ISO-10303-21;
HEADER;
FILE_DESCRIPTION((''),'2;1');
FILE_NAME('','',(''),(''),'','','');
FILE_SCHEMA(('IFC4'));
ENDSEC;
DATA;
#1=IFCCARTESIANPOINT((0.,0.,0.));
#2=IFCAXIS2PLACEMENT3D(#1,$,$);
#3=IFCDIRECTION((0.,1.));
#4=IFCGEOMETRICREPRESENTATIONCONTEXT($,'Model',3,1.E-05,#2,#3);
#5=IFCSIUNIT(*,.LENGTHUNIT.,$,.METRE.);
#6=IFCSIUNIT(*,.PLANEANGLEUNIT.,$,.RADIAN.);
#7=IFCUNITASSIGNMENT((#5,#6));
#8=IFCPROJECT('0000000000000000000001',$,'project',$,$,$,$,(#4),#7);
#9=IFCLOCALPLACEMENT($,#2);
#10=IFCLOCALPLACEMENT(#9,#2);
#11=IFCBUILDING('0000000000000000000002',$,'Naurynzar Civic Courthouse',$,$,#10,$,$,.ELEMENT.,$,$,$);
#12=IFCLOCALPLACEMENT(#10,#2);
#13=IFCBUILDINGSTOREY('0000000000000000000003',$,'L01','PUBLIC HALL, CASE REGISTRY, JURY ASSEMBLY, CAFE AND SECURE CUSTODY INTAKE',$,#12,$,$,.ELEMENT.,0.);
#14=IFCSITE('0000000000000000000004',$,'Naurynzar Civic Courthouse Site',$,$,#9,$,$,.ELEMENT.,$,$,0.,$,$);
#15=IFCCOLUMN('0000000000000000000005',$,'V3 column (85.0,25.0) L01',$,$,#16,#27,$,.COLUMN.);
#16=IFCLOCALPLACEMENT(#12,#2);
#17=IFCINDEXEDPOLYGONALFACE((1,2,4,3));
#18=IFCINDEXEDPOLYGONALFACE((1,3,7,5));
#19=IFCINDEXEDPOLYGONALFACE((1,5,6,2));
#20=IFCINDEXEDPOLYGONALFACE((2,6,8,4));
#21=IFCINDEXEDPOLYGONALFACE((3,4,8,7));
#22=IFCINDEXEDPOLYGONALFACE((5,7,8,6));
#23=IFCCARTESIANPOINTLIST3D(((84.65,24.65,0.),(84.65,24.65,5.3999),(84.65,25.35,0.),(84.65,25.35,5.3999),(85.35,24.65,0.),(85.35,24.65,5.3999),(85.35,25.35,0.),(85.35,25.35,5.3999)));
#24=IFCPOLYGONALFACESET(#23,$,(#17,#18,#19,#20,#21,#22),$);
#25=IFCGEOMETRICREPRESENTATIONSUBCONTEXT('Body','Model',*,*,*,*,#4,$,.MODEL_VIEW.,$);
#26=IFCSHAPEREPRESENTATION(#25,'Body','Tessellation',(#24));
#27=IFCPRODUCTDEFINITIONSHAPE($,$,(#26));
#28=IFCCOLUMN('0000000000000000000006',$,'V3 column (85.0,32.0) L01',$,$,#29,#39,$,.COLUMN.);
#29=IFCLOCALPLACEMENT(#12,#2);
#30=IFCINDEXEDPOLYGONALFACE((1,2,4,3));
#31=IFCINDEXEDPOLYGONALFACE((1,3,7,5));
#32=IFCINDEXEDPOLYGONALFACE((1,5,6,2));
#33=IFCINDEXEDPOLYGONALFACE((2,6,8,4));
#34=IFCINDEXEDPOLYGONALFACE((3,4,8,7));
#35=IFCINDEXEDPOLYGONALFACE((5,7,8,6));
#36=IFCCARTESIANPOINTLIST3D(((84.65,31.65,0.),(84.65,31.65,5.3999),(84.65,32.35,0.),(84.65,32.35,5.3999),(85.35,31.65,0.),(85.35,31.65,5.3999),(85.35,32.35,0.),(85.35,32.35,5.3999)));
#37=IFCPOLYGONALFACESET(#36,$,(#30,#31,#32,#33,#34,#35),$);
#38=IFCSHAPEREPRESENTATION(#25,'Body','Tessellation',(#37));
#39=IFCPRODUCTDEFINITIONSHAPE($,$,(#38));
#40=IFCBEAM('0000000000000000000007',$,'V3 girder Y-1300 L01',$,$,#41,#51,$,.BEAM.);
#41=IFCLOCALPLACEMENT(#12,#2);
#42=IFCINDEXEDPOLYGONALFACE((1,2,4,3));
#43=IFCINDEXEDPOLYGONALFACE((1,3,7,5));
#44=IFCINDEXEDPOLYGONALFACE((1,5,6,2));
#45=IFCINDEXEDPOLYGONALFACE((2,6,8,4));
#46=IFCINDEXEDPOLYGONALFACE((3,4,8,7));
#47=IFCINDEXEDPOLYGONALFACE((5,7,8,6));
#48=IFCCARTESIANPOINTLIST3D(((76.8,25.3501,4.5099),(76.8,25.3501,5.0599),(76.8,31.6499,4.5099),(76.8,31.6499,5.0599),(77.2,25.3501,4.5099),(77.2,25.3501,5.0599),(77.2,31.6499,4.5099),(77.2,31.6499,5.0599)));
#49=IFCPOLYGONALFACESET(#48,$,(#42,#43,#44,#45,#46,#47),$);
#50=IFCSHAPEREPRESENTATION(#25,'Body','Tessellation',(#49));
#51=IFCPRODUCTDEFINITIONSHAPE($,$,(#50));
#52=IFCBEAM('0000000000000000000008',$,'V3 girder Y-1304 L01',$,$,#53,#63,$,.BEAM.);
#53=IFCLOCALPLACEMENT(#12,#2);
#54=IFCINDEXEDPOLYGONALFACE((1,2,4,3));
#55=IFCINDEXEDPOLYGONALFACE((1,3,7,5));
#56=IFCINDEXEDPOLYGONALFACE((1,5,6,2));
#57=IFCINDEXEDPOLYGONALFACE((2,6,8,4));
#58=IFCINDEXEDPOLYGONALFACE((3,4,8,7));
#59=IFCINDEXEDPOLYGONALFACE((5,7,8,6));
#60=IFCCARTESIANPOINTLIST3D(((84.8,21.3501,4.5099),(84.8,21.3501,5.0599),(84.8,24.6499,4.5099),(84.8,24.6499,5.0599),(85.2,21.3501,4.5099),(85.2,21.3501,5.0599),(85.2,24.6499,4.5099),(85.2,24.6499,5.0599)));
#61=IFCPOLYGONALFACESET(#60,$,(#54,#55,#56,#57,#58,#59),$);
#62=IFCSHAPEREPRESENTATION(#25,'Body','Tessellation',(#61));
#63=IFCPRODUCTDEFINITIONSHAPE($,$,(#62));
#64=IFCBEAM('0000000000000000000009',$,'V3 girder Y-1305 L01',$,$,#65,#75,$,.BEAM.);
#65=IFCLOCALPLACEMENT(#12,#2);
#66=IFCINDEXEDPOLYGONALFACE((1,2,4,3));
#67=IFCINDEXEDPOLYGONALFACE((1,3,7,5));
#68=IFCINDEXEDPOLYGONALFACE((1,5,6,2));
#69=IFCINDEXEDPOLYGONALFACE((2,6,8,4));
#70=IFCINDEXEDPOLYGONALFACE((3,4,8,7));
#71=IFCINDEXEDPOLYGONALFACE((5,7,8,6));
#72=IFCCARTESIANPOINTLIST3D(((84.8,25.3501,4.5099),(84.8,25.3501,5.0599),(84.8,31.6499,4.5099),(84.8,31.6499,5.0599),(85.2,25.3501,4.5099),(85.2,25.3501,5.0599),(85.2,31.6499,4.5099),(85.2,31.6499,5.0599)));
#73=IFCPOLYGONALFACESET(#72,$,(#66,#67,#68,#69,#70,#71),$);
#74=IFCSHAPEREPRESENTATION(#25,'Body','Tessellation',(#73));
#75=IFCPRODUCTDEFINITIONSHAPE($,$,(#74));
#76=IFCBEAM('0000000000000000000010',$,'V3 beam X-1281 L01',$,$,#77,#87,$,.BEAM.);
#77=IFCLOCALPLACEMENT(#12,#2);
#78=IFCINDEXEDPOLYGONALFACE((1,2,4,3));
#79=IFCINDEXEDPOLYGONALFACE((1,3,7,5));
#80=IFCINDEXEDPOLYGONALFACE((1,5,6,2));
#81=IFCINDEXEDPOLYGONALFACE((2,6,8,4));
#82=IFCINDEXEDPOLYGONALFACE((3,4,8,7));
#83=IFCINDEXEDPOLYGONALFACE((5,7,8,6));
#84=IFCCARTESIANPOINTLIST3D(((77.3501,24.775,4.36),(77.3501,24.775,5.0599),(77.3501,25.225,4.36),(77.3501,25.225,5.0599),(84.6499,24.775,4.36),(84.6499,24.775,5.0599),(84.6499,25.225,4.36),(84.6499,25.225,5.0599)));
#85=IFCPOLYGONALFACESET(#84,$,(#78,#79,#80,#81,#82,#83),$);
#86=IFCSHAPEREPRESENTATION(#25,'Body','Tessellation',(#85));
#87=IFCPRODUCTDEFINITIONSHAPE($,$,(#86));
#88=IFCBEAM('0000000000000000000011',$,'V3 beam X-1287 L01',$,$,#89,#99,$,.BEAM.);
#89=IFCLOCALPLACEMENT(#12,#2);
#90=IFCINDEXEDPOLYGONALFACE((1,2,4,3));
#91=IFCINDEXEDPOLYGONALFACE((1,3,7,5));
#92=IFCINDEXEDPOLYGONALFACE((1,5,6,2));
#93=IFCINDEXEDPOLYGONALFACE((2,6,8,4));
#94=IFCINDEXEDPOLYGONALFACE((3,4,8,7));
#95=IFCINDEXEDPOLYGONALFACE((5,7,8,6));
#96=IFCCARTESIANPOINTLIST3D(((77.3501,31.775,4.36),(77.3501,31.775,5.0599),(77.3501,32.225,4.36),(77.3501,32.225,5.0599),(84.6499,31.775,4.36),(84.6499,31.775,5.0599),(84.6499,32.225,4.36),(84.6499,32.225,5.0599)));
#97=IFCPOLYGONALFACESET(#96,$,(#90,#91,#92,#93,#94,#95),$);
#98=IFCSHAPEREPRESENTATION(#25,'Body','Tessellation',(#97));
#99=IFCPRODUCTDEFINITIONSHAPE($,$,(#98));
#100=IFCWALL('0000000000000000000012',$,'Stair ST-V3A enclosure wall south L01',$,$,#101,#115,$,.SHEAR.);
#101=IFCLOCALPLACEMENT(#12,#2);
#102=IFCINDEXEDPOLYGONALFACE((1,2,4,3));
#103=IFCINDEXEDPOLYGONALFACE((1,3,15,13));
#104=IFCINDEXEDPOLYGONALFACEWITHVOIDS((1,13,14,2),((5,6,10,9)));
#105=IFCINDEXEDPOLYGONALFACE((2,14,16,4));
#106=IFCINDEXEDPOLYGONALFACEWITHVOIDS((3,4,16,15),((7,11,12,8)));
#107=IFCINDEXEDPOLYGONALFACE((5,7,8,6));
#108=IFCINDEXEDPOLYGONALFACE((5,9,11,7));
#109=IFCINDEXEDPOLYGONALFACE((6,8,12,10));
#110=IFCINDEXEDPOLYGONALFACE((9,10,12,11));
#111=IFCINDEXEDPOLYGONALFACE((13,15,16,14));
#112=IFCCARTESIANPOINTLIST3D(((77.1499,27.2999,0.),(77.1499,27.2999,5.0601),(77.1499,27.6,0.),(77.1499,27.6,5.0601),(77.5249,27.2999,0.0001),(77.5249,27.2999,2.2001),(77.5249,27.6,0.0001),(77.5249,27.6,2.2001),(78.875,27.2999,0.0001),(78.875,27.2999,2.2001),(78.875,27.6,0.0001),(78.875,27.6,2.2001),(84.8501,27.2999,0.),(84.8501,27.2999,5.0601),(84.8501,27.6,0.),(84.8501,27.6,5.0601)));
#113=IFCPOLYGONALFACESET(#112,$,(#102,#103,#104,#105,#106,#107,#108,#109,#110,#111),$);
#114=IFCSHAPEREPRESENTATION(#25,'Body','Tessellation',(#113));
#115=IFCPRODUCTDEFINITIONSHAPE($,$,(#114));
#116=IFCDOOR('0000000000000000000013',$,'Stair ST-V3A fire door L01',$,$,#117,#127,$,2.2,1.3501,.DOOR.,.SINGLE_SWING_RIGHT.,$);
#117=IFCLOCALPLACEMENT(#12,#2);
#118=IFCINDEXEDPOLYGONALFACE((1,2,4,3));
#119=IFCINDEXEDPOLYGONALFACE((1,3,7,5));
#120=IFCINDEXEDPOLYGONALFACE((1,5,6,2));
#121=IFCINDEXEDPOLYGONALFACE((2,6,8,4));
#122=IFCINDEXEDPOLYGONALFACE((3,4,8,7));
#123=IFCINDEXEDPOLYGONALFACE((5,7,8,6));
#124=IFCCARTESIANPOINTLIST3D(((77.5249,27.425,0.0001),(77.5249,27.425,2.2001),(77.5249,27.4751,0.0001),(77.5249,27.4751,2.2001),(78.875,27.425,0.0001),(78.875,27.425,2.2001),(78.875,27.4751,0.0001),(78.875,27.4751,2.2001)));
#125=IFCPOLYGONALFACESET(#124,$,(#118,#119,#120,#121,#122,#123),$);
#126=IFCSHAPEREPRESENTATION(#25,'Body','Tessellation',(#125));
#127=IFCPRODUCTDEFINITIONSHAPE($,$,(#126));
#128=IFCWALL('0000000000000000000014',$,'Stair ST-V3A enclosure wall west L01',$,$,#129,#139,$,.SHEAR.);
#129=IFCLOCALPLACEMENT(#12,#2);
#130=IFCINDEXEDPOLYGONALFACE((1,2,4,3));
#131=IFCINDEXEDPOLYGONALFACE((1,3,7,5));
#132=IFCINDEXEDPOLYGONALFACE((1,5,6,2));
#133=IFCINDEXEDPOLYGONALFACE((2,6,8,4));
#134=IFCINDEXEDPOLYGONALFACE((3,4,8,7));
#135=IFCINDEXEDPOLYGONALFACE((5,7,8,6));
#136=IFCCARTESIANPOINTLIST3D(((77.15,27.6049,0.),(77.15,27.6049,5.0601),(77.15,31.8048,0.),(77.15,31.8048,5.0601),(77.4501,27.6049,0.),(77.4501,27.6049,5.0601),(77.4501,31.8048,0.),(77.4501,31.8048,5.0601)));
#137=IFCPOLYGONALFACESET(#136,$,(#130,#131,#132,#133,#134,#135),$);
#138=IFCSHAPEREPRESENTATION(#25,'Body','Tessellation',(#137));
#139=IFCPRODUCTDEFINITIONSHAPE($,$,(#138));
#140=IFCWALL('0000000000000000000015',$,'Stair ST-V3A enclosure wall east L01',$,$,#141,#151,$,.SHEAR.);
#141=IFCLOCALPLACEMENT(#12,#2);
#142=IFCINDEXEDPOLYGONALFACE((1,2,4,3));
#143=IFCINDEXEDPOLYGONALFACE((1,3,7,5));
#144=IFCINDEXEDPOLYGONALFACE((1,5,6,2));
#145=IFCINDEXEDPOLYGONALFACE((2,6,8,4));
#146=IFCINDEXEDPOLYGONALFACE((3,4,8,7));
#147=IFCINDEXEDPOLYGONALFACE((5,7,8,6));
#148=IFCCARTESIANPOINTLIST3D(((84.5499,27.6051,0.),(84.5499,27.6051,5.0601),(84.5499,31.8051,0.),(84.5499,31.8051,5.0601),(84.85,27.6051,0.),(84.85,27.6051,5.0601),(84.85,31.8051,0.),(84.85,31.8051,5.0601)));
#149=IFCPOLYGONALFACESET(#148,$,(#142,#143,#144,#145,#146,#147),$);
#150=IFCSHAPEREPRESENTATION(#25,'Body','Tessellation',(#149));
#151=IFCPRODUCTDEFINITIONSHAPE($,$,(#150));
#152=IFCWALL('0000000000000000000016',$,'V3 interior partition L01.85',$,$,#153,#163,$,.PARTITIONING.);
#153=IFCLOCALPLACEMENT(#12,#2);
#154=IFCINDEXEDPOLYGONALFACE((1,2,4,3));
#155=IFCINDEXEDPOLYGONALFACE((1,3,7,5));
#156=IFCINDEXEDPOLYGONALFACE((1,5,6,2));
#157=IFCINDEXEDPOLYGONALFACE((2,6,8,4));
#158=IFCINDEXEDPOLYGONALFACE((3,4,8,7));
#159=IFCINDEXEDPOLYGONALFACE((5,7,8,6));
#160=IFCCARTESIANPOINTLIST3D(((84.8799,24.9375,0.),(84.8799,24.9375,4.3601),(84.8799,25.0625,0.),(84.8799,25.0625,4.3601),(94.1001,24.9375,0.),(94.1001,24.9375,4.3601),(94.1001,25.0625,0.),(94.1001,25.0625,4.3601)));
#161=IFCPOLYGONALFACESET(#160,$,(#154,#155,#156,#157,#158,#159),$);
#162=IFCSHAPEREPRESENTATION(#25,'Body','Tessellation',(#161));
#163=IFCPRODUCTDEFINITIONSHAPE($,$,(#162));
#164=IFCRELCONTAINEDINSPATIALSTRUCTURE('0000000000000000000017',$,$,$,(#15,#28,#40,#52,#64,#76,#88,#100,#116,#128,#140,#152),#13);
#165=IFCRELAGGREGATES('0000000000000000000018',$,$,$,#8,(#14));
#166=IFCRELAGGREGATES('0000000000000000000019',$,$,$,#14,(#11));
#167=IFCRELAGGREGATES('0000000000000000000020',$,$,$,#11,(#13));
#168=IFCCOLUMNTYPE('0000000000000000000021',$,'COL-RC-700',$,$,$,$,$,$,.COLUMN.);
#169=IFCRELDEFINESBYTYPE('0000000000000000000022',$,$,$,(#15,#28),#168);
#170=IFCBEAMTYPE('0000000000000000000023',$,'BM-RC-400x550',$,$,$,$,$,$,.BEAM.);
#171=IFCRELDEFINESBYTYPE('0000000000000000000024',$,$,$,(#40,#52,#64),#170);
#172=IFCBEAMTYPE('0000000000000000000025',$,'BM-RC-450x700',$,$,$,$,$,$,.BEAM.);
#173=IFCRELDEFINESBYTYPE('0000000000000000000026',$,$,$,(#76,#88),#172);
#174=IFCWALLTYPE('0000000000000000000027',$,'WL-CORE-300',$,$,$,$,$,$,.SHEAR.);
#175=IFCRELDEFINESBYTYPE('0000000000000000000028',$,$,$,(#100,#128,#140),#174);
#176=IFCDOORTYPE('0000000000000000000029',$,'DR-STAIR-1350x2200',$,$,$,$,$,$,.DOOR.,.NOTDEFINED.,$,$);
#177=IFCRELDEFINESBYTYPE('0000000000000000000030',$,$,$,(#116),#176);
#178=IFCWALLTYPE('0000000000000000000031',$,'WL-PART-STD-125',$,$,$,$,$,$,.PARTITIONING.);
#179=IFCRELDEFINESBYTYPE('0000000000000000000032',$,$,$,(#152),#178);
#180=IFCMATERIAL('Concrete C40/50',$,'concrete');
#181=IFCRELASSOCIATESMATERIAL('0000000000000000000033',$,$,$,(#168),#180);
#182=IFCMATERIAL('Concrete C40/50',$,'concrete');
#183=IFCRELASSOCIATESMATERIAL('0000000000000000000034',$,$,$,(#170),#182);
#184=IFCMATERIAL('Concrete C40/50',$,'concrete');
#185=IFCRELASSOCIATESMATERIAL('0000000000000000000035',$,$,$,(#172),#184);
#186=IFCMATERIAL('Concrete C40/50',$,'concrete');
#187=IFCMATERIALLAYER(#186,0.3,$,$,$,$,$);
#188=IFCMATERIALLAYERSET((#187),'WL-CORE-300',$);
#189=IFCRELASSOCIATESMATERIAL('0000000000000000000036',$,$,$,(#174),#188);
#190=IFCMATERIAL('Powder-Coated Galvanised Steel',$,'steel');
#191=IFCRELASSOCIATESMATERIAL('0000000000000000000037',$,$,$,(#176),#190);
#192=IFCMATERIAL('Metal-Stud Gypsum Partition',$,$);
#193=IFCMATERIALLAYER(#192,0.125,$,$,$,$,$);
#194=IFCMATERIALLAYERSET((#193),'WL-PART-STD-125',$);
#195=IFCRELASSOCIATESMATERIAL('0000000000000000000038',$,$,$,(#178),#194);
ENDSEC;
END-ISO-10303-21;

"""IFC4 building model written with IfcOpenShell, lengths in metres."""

from ifc_helpers import new_model, si_unit, direction, frame, frame_2d, origin, origin_2d, place, context, subcontext, project, spatial, rectangle, extrude, material, layer, layer_set, material_profile, profile_set, type_object, element, fill, save


model = new_model("IFC4")

# Units and contexts
model_context = context("Model", 3, precision=1e-05, world=origin(), true_north=direction((0.0, 1.0)))
body_context = subcontext(model_context, "Body", "Model", "MODEL_VIEW")
ifc_project = project(units=[si_unit("LENGTHUNIT", "METRE"), si_unit("PLANEANGLEUNIT", "RADIAN")], contexts=[model_context])

# Site, building, storey
site_placement = place(None, origin())
site = spatial("IfcSite", under=ifc_project, at=site_placement, Name="Naurynzar Civic Courthouse Site", CompositionType="ELEMENT", RefElevation=0.0)
building_placement = place(site_placement, origin())
building = spatial("IfcBuilding", under=site, at=building_placement, Name="Naurynzar Civic Courthouse", CompositionType="ELEMENT")
storey_placement = place(building_placement, origin())
storey = spatial("IfcBuildingStorey", under=building, at=storey_placement, Name="L01", Description="PUBLIC HALL, CASE REGISTRY, JURY ASSEMBLY, CAFE AND SECURE CUSTODY INTAKE", CompositionType="ELEMENT", Elevation=0.0)

# Columns
ifc_material_1 = material(Name="Concrete C40/50", Category="concrete")
ifc_material_profile_1 = material_profile(ifc_material_1, rectangle(XDim=0.7, YDim=0.7, at=origin_2d()), Name="RC 700x700")
ifc_profile_set_1 = profile_set([ifc_material_profile_1], Name="Concrete C40/50")
column_type = type_object("IfcColumnType", Name="COL-RC-700", PredefinedType="COLUMN", material=ifc_profile_set_1)
for number, where, z_axis, x_axis, name in (
    (1, (85.0, 25.0, 0.0), (0.0, 0.0, 1.0), (1.0, 0.0, 0.0), "V3 column (85.0,25.0) L01"),
    (2, (85.0, 32.0, 0.0), (0.0, 0.0, 1.0), (1.0, 0.0, 0.0), "V3 column (85.0,32.0) L01"),
):
    element("IfcColumn", number, at=place(storey_placement, frame(where, z_axis=z_axis, x_axis=x_axis)), inside=storey, type_object=column_type, Name=name, PredefinedType="COLUMN", context=body_context, shape_type="SweptSolid", body=[
        extrude(rectangle(XDim=0.7, YDim=0.7, at=origin_2d()), origin(), (0.0, 0.0, 1.0), 5.3999),
    ])

# Beams
ifc_material_2 = material(Name="Concrete C40/50", Category="concrete")
ifc_material_profile_2 = material_profile(ifc_material_2, rectangle(XDim=0.3999, YDim=0.55, at=origin_2d()), Name="RCB 400x550")
ifc_profile_set_2 = profile_set([ifc_material_profile_2], Name="Concrete C40/50")
beam_type_1 = type_object("IfcBeamType", Name="BM-RC-400x550", PredefinedType="BEAM", material=ifc_profile_set_2)
beam_1_placement = place(storey_placement, frame((77.0, 25.3501, 4.7849), z_axis=(0.0, 1.0, 0.0), x_axis=(-1.0, 0.0, 0.0)))
element("IfcBeam", 3, at=beam_1_placement, inside=storey, type_object=beam_type_1, Name="V3 girder Y-1300 L01", PredefinedType="BEAM", context=body_context, shape_type="SweptSolid", body=[
    extrude(rectangle(XDim=0.3999, YDim=0.55, at=origin_2d()), origin(), (0.0, 0.0, 1.0), 6.2998),
])
beam_2_placement = place(storey_placement, frame((85.0, 21.3501, 4.7849), z_axis=(0.0, 1.0, 0.0), x_axis=(-1.0, 0.0, 0.0)))
element("IfcBeam", 4, at=beam_2_placement, inside=storey, type_object=beam_type_1, Name="V3 girder Y-1304 L01", PredefinedType="BEAM", context=body_context, shape_type="SweptSolid", body=[
    extrude(rectangle(XDim=0.3999, YDim=0.55, at=origin_2d()), origin(), (0.0, 0.0, 1.0), 3.2998),
])
beam_3_placement = place(storey_placement, frame((85.0, 25.3501, 4.7849), z_axis=(0.0, 1.0, 0.0), x_axis=(-1.0, 0.0, 0.0)))
element("IfcBeam", 5, at=beam_3_placement, inside=storey, type_object=beam_type_1, Name="V3 girder Y-1305 L01", PredefinedType="BEAM", context=body_context, shape_type="SweptSolid", body=[
    extrude(rectangle(XDim=0.3999, YDim=0.55, at=origin_2d()), origin(), (0.0, 0.0, 1.0), 6.2998),
])
ifc_material_3 = material(Name="Concrete C40/50", Category="concrete")
ifc_material_profile_3 = material_profile(ifc_material_3, rectangle(XDim=0.45, YDim=0.7, at=origin_2d()), Name="RCB 450x700")
ifc_profile_set_3 = profile_set([ifc_material_profile_3], Name="Concrete C40/50")
beam_type_2 = type_object("IfcBeamType", Name="BM-RC-450x700", PredefinedType="BEAM", material=ifc_profile_set_3)
for number, where, z_axis, x_axis, name in (
    (6, (77.3501, 25.0, 4.71), (1.0, 0.0, 0.0), (0.0, 1.0, 0.0), "V3 beam X-1281 L01"),
    (7, (77.3501, 32.0, 4.71), (1.0, 0.0, 0.0), (0.0, 1.0, 0.0), "V3 beam X-1287 L01"),
):
    element("IfcBeam", number, at=place(storey_placement, frame(where, z_axis=z_axis, x_axis=x_axis)), inside=storey, type_object=beam_type_2, Name=name, PredefinedType="BEAM", context=body_context, shape_type="SweptSolid", body=[
        extrude(rectangle(XDim=0.45, YDim=0.7, at=origin_2d()), origin(), (0.0, 0.0, 1.0), 7.2998),
    ])

# Wall, opening, door
ifc_material_4 = material(Name="Concrete C40/50", Category="concrete")
ifc_layer_1 = layer(ifc_material_4, 0.3)
ifc_layer_set_1 = layer_set([ifc_layer_1], Name="WL-CORE-300")
wall_type_1 = type_object("IfcWallType", Name="WL-CORE-300", PredefinedType="SHEAR", material=ifc_layer_set_1)
wall_1_placement = place(storey_placement, frame((84.8501, 27.45, 0.0), z_axis=(0.0, 0.0, 1.0), x_axis=(-1.0, 0.0, 0.0)))
wall_1 = element("IfcWall", 8, at=wall_1_placement, inside=storey, type_object=wall_type_1, Name="Stair ST-V3A enclosure wall south L01", PredefinedType="SHEAR", context=body_context, shape_type="SweptSolid", body=[
    extrude(rectangle(XDim=7.7002, YDim=0.3, at=frame_2d((3.8501, 0.0))), origin(), (0.0, 0.0, 1.0), 5.0601),
])
opening_1_placement = place(wall_1_placement, frame((5.9751, 0.0, 0.0)))
opening_1 = element("IfcOpeningElement", 9, at=opening_1_placement, cuts=wall_1, PredefinedType="OPENING", context=body_context, shape_type="SweptSolid", body=[
    extrude(rectangle(XDim=1.3501, YDim=2.2, at=frame_2d((0.675, 1.1001))), frame((0.0, 0.1599, 0.0), z_axis=(0.0, -1.0, 0.0), x_axis=(1.0, 0.0, 0.0)), (0.0, 0.0, 1.0), 0.3201),
])
ifc_material_5 = material(Name="Powder-Coated Galvanised Steel", Category="steel")
door_type = type_object("IfcDoorType", Name="DR-STAIR-1350x2200", OperationType="NOTDEFINED", PredefinedType="DOOR", material=ifc_material_5)
door_placement = place(opening_1_placement, origin())
door = element("IfcDoor", 10, at=door_placement, inside=storey, type_object=door_type, Name="Stair ST-V3A fire door L01", OperationType="SINGLE_SWING_RIGHT", OverallHeight=2.2, OverallWidth=1.3501, PredefinedType="DOOR", context=body_context, shape_type="SweptSolid", body=[
    extrude(rectangle(XDim=1.3501, YDim=2.2, at=frame_2d((0.675, 1.1001))), frame((0.0, 0.0249, 0.0), z_axis=(0.0, -1.0, 0.0), x_axis=(1.0, 0.0, 0.0)), (0.0, 0.0, 1.0), 0.05),
])
fill(opening_1, door)

# Walls
for number, where, z_axis, x_axis, name in (
    (11, (77.3, 31.8049, 0.0), (0.0, 0.0, 1.0), (0.0, -1.0, 0.0), "Stair ST-V3A enclosure wall west L01"),
    (12, (84.7, 27.605, 0.0), (0.0, 0.0, 1.0), (0.0, 1.0, 0.0), "Stair ST-V3A enclosure wall east L01"),
):
    element("IfcWall", number, at=place(storey_placement, frame(where, z_axis=z_axis, x_axis=x_axis)), inside=storey, type_object=wall_type_1, Name=name, PredefinedType="SHEAR", context=body_context, shape_type="SweptSolid", body=[
        extrude(rectangle(XDim=4.2, YDim=0.3, at=frame_2d((2.1001, 0.0))), origin(), (0.0, 0.0, 1.0), 5.0601),
    ])
ifc_material_6 = material(Name="Metal-Stud Gypsum Partition")
ifc_layer_2 = layer(ifc_material_6, 0.125)
ifc_layer_set_2 = layer_set([ifc_layer_2], Name="WL-PART-STD-125")
wall_type_2 = type_object("IfcWallType", Name="WL-PART-STD-125", PredefinedType="PARTITIONING", material=ifc_layer_set_2)
wall_2_placement = place(storey_placement, frame((84.8799, 25.0, 0.0), z_axis=(0.0, 0.0, 1.0), x_axis=(1.0, 0.0, 0.0)))
element("IfcWall", 13, at=wall_2_placement, inside=storey, type_object=wall_type_2, Name="V3 interior partition L01.85", PredefinedType="PARTITIONING", context=body_context, shape_type="SweptSolid", body=[
    extrude(rectangle(XDim=9.2202, YDim=0.125, at=frame_2d((4.6101, 0.0))), origin(), (0.0, 0.0, 1.0), 4.3601),
])

save(model, "model.ifc")
